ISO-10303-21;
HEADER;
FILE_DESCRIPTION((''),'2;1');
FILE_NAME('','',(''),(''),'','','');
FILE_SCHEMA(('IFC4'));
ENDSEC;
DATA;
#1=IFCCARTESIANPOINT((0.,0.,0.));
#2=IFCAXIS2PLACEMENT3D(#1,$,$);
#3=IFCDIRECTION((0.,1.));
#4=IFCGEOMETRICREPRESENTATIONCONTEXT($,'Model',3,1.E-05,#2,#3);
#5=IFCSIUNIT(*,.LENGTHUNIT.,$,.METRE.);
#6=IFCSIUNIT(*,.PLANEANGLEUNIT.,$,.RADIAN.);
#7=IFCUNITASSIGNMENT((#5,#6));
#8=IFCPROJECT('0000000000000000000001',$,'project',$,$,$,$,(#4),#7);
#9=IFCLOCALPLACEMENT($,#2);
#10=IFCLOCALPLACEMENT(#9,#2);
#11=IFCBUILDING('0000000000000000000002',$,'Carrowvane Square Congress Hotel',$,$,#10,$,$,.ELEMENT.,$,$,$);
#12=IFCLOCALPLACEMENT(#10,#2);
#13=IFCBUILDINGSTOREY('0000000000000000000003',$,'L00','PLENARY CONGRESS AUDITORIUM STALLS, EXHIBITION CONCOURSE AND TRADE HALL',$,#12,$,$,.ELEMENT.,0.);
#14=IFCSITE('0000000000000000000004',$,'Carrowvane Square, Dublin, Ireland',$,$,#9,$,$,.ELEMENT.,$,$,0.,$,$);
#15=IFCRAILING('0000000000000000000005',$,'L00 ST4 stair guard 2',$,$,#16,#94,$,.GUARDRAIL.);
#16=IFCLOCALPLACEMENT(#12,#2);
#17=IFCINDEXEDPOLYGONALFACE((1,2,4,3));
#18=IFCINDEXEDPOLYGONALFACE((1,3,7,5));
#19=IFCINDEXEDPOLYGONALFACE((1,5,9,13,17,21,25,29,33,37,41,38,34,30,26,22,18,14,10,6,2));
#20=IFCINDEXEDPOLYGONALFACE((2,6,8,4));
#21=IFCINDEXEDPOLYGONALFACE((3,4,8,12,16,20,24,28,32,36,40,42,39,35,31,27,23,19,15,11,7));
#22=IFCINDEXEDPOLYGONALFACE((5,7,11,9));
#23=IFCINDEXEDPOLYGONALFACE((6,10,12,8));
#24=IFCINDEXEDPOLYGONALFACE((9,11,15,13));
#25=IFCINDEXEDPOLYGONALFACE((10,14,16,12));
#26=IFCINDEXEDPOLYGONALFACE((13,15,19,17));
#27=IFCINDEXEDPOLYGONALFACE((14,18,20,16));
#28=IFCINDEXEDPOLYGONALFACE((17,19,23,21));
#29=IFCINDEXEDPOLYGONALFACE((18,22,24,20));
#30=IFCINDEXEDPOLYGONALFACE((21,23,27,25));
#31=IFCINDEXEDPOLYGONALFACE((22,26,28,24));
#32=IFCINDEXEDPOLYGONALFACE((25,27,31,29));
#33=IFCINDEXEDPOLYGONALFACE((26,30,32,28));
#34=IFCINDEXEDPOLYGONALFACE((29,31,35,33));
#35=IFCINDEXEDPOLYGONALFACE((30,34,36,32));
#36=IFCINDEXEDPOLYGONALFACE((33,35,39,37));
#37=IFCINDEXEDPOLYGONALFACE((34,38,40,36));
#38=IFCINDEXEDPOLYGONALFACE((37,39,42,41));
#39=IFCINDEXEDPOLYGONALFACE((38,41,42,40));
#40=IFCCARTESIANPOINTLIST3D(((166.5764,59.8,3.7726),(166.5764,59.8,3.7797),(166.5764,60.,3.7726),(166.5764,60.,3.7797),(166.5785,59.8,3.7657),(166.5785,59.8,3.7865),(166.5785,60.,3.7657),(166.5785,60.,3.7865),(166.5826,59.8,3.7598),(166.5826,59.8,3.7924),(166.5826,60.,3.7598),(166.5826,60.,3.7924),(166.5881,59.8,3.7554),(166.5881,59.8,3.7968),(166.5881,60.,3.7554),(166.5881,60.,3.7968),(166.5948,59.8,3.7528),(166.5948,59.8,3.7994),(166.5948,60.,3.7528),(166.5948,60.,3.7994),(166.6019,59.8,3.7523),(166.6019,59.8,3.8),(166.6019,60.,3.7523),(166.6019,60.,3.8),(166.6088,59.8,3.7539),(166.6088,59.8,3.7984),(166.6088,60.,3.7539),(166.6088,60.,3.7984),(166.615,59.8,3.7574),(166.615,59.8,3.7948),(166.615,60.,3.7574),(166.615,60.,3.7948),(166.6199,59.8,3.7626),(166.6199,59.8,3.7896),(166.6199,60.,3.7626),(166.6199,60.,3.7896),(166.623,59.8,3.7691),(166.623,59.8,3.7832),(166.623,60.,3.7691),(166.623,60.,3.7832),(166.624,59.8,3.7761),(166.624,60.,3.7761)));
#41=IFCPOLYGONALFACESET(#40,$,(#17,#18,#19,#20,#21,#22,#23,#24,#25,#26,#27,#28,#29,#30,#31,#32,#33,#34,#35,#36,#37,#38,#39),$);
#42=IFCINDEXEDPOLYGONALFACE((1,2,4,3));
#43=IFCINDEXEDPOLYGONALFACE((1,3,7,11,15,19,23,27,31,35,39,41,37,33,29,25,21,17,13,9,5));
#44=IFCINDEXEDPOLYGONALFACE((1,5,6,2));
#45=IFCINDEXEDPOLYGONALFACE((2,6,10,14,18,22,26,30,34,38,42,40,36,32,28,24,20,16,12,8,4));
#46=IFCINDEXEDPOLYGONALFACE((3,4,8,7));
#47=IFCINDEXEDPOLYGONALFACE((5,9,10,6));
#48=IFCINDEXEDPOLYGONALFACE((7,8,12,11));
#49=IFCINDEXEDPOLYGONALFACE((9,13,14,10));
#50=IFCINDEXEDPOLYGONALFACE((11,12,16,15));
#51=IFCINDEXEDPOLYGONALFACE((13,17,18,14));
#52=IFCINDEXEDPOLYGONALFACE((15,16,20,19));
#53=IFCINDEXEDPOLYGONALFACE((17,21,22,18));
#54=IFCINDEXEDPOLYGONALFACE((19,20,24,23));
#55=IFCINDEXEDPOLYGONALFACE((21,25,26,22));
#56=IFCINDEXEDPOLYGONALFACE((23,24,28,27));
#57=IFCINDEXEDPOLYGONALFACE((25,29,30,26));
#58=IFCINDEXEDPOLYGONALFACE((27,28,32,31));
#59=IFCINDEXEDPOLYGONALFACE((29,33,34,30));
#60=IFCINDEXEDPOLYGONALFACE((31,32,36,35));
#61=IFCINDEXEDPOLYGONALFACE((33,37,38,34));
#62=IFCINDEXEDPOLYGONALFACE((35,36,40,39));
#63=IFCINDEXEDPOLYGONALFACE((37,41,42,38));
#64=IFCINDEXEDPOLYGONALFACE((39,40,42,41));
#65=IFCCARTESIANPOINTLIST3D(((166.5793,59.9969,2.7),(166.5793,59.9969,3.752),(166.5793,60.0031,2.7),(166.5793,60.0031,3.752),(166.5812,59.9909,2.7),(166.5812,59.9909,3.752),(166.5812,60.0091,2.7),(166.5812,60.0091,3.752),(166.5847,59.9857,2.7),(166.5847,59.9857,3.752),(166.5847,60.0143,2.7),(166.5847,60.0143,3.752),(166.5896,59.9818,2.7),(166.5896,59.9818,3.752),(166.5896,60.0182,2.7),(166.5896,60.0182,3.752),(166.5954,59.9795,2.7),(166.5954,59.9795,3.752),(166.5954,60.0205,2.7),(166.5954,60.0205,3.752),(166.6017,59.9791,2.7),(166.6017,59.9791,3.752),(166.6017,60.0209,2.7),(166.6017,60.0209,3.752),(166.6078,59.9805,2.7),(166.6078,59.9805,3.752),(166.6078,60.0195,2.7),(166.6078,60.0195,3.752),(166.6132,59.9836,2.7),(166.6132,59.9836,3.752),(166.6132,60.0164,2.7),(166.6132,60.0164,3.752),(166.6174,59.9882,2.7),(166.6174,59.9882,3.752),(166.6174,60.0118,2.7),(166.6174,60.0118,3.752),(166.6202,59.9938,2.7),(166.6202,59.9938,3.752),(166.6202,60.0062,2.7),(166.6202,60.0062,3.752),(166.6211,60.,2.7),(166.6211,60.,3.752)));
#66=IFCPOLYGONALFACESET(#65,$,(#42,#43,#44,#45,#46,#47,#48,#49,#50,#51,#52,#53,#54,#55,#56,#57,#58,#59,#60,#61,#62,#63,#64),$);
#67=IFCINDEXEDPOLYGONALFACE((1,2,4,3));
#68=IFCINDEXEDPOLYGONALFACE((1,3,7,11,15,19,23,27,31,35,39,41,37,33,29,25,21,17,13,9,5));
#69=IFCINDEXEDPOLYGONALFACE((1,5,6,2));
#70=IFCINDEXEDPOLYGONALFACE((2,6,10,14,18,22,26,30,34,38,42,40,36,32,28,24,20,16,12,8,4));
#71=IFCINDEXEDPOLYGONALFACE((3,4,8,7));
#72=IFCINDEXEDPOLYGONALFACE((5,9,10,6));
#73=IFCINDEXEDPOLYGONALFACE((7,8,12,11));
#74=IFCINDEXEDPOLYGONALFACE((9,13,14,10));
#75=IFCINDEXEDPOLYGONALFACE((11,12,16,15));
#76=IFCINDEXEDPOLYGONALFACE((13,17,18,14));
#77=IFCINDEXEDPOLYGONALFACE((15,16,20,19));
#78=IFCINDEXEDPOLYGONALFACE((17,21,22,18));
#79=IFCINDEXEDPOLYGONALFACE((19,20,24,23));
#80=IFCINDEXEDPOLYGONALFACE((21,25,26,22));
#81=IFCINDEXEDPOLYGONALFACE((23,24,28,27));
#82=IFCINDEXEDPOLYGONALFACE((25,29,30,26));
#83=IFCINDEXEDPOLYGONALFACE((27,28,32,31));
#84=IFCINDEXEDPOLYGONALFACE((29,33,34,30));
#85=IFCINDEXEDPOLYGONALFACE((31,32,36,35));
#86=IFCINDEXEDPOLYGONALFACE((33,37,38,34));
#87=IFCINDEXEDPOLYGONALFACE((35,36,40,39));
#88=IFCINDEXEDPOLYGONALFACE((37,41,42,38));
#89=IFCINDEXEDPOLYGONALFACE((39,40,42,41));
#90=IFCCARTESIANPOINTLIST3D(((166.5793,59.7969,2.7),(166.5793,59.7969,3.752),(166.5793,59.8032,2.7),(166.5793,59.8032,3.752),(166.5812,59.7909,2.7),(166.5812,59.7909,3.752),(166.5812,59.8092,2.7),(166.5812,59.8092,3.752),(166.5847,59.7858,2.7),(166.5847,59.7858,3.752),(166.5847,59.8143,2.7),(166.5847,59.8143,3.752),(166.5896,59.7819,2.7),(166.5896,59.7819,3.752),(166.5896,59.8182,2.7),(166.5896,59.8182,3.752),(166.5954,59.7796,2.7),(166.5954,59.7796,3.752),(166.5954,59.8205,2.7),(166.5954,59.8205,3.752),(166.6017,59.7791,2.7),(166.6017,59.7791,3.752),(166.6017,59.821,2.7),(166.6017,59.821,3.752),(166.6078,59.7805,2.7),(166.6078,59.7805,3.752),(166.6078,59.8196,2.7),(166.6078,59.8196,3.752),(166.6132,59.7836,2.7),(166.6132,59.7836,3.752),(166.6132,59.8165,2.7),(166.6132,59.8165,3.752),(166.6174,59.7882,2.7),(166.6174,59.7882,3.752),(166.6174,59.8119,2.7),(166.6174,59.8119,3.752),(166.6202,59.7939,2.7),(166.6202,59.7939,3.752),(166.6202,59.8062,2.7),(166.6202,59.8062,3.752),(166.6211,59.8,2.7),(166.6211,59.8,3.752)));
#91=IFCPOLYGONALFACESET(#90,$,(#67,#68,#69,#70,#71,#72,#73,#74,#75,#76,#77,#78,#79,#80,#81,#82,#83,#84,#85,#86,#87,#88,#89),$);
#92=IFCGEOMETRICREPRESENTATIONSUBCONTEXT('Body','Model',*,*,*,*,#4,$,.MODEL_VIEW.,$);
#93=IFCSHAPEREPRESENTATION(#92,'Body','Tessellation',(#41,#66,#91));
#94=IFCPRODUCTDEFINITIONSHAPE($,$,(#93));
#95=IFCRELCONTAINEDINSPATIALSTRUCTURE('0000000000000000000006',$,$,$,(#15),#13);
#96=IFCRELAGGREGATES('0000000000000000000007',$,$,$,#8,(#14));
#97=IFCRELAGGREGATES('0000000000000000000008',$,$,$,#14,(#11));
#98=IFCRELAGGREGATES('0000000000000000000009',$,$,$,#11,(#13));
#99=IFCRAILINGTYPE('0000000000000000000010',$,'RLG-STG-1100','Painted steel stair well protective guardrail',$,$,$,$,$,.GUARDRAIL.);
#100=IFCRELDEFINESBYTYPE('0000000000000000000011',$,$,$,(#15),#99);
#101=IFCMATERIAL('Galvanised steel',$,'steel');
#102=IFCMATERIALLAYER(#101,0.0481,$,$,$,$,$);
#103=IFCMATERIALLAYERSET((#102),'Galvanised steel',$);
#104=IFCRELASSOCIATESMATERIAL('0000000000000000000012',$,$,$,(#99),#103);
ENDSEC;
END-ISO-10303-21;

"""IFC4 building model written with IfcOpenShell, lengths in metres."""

from ifc_helpers import new_model, si_unit, direction, frame, origin, origin_2d, place, context, subcontext, project, spatial, circle, extrude, material, layer, layer_set, type_object, element, save


model = new_model("IFC4")

# Units and contexts
model_context = context("Model", 3, precision=1e-05, world=origin(), true_north=direction((0.0, 1.0)))
body_context = subcontext(model_context, "Body", "Model", "MODEL_VIEW")
ifc_project = project(units=[si_unit("LENGTHUNIT", "METRE"), si_unit("PLANEANGLEUNIT", "RADIAN")], contexts=[model_context])

# Site, building, storey
site_placement = place(None, origin())
site = spatial("IfcSite", under=ifc_project, at=site_placement, Name="Carrowvane Square, Dublin, Ireland", CompositionType="ELEMENT", RefElevation=0.0)
building_placement = place(site_placement, origin())
building = spatial("IfcBuilding", under=site, at=building_placement, Name="Carrowvane Square Congress Hotel", CompositionType="ELEMENT")
storey_placement = place(building_placement, origin())
storey = spatial("IfcBuildingStorey", under=building, at=storey_placement, Name="L00", Description="PLENARY CONGRESS AUDITORIUM STALLS, EXHIBITION CONCOURSE AND TRADE HALL", CompositionType="ELEMENT", Elevation=0.0)

# Railing
ifc_material_1 = material(Name="Galvanised steel", Category="steel")
ifc_layer_1 = layer(ifc_material_1, 0.0481)
ifc_layer_set_1 = layer_set([ifc_layer_1], Name="Galvanised steel")
railing_type_1 = type_object("IfcRailingType", Name="RLG-STG-1100", Description="Painted steel stair well protective guardrail", PredefinedType="GUARDRAIL", material=ifc_layer_set_1)
railing_1_placement = place(storey_placement, frame((166.6001, 60.0, 2.7)))
element("IfcRailing", 1, at=railing_1_placement, inside=storey, type_object=railing_type_1, Name="L00 ST4 stair guard 2", PredefinedType="GUARDRAIL", context=body_context, shape_type="SweptSolid", body=[
    extrude(circle(Radius=0.0239, at=origin_2d()), frame((0.0, 0.0, 1.0762), z_axis=(0.0, -1.0, 0.0), x_axis=(1.0, 0.0, 0.0)), (0.0, 0.0, 1.0), 0.2),
    extrude(circle(Radius=0.021, at=origin_2d()), origin(), (0.0, 0.0, 1.0), 1.052),
    extrude(circle(Radius=0.021, at=origin_2d()), frame((0.0, -0.2, 0.0)), (0.0, 0.0, 1.0), 1.052),
])

save(model, "model.ifc")
